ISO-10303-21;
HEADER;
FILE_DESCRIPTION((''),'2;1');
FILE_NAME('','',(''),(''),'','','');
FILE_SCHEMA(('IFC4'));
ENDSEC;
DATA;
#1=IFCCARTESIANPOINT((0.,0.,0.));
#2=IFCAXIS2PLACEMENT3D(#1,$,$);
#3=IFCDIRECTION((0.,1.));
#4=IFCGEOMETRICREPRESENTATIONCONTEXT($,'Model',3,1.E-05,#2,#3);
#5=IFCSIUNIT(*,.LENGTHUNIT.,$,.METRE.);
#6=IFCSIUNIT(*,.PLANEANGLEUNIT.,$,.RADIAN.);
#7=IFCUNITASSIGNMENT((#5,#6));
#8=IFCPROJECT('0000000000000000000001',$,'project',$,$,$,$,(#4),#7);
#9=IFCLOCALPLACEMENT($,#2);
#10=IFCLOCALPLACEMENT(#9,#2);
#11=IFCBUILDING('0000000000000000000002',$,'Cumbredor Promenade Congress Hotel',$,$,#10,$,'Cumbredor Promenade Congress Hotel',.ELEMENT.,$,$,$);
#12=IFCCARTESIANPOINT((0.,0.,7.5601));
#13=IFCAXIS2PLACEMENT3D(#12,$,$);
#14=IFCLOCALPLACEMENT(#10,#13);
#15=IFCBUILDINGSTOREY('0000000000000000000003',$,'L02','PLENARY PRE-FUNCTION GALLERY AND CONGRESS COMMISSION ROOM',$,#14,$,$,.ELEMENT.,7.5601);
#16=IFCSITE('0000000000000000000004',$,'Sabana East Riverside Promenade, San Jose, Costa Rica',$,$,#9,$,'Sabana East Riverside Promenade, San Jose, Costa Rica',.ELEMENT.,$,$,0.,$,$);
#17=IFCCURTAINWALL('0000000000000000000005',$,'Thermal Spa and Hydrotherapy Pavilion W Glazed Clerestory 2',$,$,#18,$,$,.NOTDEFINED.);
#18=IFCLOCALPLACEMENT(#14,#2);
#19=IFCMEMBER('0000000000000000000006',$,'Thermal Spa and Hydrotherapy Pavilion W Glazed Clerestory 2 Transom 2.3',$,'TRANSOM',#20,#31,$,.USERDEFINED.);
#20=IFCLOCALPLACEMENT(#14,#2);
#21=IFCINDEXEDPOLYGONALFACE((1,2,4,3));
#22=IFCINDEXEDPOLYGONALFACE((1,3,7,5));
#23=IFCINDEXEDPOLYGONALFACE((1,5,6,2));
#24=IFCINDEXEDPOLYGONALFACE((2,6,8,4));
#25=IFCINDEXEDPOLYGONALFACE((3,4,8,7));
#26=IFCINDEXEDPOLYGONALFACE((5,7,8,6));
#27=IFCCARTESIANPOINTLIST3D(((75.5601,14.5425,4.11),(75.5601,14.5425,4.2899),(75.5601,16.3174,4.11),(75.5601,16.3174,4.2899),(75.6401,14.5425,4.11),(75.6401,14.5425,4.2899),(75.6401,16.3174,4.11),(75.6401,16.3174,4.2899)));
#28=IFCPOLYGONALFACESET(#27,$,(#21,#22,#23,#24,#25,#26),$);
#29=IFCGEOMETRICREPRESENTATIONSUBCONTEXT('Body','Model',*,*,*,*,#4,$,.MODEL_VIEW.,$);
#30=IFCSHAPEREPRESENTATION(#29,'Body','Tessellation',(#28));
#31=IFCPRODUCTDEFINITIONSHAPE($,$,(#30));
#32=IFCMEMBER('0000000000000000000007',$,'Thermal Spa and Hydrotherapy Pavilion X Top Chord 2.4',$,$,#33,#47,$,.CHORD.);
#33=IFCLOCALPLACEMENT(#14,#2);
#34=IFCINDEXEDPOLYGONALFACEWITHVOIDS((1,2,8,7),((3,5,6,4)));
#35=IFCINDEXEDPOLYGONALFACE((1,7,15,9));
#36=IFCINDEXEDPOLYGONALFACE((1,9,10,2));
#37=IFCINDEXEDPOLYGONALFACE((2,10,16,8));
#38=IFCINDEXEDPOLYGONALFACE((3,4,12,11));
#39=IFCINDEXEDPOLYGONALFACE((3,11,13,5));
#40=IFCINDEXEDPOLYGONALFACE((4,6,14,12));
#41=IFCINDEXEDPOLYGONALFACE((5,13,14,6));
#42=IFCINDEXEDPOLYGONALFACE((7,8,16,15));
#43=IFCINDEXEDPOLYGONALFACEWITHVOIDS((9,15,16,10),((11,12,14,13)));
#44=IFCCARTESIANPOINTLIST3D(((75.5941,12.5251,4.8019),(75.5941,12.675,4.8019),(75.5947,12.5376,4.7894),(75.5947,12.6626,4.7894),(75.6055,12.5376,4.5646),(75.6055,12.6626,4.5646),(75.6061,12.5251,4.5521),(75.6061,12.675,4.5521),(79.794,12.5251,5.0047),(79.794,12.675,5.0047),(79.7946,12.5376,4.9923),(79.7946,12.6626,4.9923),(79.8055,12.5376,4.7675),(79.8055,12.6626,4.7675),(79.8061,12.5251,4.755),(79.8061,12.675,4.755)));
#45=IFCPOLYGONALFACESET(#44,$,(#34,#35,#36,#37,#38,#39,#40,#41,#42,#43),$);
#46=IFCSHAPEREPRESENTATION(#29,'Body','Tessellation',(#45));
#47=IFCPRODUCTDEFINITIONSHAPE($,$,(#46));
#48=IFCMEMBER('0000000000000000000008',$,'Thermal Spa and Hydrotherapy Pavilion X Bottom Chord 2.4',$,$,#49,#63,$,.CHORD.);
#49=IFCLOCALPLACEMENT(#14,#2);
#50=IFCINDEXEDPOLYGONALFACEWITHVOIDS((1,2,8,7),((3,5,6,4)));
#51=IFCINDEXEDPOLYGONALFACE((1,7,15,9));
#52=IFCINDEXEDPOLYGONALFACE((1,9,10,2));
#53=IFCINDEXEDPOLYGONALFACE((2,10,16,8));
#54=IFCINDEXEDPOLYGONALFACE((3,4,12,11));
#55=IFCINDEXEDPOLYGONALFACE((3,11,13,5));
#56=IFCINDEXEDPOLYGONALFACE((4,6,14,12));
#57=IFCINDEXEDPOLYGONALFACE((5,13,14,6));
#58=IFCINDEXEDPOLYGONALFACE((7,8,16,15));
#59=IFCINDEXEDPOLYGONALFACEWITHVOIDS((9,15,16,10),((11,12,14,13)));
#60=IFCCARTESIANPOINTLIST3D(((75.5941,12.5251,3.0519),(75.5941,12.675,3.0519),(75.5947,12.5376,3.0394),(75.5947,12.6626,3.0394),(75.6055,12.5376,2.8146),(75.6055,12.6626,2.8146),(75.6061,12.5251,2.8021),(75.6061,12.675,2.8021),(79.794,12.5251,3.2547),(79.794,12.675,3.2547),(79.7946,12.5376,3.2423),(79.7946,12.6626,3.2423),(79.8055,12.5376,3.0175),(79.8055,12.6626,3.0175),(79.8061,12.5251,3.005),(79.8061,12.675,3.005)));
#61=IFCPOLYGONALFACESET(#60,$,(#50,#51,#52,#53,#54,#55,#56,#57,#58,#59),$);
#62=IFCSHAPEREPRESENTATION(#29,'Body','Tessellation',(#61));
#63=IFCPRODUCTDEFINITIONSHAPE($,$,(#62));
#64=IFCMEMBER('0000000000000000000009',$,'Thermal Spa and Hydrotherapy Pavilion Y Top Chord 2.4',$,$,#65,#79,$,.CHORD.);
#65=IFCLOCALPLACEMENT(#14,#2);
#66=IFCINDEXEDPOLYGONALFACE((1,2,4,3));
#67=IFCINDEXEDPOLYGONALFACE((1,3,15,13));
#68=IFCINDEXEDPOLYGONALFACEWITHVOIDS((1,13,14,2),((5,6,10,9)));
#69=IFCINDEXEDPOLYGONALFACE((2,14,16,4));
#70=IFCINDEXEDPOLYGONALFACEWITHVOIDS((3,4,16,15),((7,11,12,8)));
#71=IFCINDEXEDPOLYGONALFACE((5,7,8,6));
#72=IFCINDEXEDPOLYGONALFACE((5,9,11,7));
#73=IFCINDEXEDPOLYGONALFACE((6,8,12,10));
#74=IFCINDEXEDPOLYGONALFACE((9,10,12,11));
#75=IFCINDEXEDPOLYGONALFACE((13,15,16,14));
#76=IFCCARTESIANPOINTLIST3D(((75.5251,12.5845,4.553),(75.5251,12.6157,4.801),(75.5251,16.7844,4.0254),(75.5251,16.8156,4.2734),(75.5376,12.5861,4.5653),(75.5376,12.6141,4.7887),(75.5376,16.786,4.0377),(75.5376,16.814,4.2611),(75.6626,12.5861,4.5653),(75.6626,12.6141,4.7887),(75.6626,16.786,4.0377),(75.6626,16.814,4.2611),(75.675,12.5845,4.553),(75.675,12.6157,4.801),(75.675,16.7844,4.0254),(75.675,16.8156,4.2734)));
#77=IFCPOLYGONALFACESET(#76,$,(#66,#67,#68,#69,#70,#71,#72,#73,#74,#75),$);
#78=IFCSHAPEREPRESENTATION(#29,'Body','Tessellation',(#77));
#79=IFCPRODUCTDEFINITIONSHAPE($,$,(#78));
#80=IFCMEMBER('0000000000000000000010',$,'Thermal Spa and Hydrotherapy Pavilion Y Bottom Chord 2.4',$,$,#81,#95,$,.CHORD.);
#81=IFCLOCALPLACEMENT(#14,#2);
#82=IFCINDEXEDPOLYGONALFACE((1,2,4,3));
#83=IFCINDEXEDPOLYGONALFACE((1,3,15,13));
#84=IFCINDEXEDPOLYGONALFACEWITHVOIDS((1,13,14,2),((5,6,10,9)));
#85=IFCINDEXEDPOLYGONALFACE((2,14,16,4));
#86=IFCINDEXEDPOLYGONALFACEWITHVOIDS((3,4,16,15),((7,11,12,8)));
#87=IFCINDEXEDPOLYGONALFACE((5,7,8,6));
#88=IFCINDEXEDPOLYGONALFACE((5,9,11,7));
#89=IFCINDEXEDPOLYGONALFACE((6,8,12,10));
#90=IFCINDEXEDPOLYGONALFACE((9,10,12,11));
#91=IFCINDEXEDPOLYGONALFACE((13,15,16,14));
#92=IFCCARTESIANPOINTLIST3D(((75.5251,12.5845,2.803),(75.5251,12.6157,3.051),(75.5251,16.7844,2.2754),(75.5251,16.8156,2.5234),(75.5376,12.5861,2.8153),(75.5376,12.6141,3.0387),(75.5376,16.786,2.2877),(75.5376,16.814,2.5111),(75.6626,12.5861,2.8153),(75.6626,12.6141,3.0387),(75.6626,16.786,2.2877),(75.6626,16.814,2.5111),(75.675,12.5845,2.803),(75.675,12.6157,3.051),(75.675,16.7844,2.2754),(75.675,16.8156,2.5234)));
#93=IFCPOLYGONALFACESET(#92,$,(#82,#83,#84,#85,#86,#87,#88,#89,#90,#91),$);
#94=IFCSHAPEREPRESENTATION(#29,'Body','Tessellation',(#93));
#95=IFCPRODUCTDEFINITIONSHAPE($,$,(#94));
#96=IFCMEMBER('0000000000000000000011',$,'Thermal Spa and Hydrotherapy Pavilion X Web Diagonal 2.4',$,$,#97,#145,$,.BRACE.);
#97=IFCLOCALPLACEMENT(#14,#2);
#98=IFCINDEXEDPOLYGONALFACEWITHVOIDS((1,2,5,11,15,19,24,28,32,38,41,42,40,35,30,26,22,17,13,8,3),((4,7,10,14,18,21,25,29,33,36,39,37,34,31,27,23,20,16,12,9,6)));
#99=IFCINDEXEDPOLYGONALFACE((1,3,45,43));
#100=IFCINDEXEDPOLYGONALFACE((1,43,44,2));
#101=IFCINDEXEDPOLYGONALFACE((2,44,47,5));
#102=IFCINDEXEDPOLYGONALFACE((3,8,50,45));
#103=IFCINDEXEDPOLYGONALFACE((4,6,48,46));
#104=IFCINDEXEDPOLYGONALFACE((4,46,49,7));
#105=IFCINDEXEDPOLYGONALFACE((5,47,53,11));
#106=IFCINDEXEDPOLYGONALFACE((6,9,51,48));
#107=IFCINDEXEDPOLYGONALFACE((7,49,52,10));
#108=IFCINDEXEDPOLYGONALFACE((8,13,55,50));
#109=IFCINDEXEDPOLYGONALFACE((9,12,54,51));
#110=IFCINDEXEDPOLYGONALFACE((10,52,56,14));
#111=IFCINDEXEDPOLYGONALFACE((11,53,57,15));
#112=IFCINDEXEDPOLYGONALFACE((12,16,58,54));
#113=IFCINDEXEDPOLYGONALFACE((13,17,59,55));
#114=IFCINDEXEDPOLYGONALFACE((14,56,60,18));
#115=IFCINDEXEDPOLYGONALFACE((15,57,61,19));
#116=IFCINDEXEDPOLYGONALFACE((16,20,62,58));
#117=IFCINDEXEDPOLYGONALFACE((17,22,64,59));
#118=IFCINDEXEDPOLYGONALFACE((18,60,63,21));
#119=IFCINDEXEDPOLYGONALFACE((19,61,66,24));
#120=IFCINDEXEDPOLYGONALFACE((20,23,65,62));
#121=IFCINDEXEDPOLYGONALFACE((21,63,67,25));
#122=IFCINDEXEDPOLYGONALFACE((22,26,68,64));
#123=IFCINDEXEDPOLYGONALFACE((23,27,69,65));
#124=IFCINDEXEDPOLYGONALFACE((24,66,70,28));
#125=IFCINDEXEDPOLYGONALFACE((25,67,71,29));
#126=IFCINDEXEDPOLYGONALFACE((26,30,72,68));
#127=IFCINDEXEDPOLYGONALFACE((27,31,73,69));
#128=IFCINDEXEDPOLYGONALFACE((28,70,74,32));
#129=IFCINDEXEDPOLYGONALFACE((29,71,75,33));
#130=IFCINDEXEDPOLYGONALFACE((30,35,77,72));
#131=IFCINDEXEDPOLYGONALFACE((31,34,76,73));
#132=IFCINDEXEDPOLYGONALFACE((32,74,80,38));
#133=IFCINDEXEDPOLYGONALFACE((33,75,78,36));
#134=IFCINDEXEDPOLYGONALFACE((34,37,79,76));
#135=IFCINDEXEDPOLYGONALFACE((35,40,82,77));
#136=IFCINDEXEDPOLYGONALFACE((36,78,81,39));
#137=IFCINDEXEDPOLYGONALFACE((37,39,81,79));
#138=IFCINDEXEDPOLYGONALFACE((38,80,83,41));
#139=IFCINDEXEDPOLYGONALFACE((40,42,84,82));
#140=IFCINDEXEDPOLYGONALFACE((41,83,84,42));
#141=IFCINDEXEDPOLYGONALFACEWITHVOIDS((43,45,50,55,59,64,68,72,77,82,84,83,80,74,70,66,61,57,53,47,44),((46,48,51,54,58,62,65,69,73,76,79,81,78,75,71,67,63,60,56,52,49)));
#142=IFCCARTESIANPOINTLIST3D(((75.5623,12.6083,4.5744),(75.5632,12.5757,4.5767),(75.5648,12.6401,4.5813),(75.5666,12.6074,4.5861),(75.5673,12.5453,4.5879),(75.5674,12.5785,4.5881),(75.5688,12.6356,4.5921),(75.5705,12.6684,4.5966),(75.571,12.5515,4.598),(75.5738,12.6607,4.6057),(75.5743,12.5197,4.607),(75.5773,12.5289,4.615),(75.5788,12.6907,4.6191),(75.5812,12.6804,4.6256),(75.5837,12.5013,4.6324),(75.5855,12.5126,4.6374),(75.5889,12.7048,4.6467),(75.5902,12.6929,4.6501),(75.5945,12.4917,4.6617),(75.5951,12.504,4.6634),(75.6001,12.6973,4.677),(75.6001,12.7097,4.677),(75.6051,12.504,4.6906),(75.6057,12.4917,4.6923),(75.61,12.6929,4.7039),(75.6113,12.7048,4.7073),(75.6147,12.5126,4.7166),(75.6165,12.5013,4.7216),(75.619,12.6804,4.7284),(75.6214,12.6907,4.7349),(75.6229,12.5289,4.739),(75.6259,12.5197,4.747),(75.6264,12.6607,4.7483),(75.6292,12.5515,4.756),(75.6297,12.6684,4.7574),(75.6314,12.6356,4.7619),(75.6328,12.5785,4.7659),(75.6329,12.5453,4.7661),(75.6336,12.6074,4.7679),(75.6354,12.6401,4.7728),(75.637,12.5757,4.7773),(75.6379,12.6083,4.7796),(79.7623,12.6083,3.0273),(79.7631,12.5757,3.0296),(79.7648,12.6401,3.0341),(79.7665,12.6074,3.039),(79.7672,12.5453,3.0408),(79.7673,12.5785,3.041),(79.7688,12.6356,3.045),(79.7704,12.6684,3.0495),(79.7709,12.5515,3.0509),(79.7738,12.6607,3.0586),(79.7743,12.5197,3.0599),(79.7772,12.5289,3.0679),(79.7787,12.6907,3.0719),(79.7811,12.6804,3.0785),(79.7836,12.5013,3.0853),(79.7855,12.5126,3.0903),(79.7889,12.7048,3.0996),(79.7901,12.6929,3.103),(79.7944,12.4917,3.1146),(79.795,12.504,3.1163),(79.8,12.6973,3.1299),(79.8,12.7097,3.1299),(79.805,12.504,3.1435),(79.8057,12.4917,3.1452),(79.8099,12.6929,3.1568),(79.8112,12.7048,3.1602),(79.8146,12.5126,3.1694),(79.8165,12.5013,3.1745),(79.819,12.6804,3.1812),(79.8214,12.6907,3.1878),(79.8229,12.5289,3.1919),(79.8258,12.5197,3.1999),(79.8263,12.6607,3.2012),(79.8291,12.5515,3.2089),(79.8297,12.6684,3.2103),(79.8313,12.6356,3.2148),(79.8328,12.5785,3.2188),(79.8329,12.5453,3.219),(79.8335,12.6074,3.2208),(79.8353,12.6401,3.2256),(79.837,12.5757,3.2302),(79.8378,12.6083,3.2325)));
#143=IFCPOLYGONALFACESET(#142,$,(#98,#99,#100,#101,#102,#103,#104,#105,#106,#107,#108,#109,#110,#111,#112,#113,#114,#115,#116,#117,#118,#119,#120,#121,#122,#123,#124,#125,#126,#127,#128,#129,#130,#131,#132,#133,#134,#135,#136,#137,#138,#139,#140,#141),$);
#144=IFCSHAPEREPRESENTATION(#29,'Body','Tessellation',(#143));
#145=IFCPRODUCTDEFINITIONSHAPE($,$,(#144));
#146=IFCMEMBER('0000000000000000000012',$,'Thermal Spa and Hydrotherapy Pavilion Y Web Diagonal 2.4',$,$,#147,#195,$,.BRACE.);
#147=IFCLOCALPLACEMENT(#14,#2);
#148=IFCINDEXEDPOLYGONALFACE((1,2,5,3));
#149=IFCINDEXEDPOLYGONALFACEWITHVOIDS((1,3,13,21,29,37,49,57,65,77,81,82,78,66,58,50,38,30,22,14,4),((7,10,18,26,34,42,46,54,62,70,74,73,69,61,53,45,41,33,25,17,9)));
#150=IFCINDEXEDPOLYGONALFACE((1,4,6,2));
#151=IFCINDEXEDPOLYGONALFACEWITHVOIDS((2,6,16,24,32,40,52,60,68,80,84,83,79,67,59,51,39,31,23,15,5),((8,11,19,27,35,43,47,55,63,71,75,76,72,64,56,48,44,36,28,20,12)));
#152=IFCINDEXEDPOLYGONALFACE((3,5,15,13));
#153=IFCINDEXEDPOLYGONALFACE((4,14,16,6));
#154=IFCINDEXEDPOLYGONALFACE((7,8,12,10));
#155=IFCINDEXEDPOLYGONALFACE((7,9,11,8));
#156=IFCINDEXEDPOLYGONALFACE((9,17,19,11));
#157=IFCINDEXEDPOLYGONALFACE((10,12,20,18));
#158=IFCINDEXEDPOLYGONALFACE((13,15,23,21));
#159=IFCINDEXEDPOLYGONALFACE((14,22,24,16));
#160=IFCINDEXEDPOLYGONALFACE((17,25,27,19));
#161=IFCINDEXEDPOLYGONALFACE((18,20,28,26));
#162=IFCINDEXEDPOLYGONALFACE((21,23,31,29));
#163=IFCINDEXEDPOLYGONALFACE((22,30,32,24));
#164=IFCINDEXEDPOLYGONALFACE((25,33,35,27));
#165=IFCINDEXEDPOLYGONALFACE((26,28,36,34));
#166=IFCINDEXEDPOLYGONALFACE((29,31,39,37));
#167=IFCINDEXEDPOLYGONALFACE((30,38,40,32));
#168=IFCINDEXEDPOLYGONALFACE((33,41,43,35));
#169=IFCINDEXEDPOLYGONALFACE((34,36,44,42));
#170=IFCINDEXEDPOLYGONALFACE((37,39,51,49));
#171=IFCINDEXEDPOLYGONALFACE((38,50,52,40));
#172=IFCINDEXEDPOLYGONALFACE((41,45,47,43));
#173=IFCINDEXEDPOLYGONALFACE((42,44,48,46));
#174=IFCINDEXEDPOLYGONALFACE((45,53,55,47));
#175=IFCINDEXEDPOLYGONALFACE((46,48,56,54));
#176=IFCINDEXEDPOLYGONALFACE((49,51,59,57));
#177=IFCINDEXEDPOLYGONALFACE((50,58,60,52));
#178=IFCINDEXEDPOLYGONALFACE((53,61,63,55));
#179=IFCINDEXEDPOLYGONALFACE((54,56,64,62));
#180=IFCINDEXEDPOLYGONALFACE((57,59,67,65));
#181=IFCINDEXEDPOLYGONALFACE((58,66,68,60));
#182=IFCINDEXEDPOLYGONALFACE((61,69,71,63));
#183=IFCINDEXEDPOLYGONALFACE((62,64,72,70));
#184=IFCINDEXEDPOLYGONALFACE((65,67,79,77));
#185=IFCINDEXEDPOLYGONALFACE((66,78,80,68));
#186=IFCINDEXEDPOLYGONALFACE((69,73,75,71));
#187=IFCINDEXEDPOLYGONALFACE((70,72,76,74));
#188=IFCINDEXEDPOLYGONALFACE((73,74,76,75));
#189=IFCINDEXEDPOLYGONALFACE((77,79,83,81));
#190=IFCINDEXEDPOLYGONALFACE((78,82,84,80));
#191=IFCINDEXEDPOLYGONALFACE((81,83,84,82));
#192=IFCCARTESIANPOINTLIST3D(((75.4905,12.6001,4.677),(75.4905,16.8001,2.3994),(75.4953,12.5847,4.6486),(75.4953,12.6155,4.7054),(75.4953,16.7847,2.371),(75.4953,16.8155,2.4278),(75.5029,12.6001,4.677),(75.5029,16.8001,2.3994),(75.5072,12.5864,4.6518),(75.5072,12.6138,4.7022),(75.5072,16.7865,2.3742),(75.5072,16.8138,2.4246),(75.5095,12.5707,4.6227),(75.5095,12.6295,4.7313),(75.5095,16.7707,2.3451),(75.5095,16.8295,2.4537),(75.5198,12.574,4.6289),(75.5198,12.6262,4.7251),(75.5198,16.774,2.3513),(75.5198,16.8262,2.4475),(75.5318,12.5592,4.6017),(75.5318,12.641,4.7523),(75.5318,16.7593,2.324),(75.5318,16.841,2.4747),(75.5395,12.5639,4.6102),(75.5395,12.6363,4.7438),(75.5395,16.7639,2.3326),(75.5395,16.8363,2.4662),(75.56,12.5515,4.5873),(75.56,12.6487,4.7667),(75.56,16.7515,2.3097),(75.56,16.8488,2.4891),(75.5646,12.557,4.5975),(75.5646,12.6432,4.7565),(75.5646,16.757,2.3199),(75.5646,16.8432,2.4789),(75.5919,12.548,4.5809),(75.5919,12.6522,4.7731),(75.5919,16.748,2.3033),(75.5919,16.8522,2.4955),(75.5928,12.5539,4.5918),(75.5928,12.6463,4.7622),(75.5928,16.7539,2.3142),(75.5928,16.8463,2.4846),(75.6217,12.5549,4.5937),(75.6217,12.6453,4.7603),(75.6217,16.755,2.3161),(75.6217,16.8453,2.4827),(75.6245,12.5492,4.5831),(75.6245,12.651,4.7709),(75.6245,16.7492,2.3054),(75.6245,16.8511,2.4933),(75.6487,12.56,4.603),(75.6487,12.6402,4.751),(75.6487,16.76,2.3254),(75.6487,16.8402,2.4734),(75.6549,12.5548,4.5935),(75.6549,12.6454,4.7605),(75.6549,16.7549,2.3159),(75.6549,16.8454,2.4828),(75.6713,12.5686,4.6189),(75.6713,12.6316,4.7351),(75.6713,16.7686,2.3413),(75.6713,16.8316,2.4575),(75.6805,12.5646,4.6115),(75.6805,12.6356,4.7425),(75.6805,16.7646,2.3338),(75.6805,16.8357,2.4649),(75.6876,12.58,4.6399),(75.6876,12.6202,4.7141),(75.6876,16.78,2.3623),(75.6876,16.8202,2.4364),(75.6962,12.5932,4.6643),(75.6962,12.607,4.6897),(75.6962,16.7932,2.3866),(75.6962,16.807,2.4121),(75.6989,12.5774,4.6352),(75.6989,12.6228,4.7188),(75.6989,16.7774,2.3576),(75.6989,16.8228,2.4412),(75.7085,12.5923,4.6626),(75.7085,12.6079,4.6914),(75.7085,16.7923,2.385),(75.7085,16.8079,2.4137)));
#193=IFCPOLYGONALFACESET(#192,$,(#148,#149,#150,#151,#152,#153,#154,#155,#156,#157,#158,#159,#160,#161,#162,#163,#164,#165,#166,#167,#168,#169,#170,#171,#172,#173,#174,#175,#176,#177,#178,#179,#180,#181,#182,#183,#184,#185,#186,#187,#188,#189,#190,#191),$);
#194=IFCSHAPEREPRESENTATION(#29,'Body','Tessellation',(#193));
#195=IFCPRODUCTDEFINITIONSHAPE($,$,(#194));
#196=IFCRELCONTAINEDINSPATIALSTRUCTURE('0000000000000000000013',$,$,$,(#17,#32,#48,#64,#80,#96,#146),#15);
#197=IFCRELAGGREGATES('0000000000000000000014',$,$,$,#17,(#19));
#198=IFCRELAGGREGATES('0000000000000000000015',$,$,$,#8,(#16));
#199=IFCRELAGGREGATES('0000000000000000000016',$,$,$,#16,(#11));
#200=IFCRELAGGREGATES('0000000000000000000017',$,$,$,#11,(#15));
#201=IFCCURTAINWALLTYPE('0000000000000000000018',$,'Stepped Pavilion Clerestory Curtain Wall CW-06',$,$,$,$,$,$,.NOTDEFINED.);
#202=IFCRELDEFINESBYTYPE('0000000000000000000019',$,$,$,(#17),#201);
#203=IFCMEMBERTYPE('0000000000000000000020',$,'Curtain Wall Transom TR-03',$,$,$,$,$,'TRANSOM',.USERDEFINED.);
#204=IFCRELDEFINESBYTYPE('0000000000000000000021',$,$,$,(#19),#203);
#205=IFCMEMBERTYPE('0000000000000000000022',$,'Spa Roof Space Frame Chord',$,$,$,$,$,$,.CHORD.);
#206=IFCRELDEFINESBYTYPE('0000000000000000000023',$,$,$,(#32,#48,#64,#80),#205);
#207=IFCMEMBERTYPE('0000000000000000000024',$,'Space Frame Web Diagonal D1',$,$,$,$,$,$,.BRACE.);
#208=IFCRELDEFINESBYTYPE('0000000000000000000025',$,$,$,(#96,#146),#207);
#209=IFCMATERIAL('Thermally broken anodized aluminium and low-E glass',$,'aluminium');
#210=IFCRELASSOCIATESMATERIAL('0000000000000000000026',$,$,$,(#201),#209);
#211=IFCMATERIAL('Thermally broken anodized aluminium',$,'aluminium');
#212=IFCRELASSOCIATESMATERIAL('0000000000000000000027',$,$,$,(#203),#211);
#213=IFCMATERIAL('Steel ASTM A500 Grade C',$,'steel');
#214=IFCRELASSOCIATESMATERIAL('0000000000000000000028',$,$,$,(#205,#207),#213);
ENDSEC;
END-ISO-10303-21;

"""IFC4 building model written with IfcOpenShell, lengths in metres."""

from ifc_helpers import new_model, si_unit, direction, frame, origin, origin_2d, place, context, subcontext, project, spatial, rectangle, hollow_rectangle, hollow_circle, extrude, material, material_profile, profile_set, type_object, element, aggregate, save


model = new_model("IFC4")

# Units and contexts
model_context = context("Model", 3, precision=1e-05, world=origin(), true_north=direction((0.0, 1.0)))
body_context = subcontext(model_context, "Body", "Model", "MODEL_VIEW")
ifc_project = project(units=[si_unit("LENGTHUNIT", "METRE"), si_unit("PLANEANGLEUNIT", "RADIAN")], contexts=[model_context])

# Site, building, storey
site_placement = place(None, origin())
site = spatial("IfcSite", under=ifc_project, at=site_placement, Name="Sabana East Riverside Promenade, San Jose, Costa Rica", LongName="Sabana East Riverside Promenade, San Jose, Costa Rica", CompositionType="ELEMENT", RefElevation=0.0)
building_placement = place(site_placement, origin())
building = spatial("IfcBuilding", under=site, at=building_placement, Name="Cumbredor Promenade Congress Hotel", LongName="Cumbredor Promenade Congress Hotel", CompositionType="ELEMENT")
storey_placement = place(building_placement, frame((0.0, 0.0, 7.5601)))
storey = spatial("IfcBuildingStorey", under=building, at=storey_placement, Name="L02", Description="PLENARY PRE-FUNCTION GALLERY AND CONGRESS COMMISSION ROOM", CompositionType="ELEMENT", Elevation=7.5601)

# Curtain wall
ifc_material_1 = material(Name="Thermally broken anodized aluminium and low-E glass", Category="aluminium")
curtain_wall_type = type_object("IfcCurtainWallType", Name="Stepped Pavilion Clerestory Curtain Wall CW-06", PredefinedType="NOTDEFINED", material=ifc_material_1)
ifc_material_2 = material(Name="Thermally broken anodized aluminium", Category="aluminium")
curtain_wall_1_placement = place(storey_placement, origin())
curtain_wall_1 = element("IfcCurtainWall", 1, at=curtain_wall_1_placement, inside=storey, type_object=curtain_wall_type, Name="Thermal Spa and Hydrotherapy Pavilion W Glazed Clerestory 2", PredefinedType="NOTDEFINED")

# Member
ifc_material_profile_1 = material_profile(ifc_material_2, rectangle(XDim=0.0801, YDim=0.1799, at=origin_2d()), Name="ALU TRANSOM 80x180")
ifc_profile_set_1 = profile_set([ifc_material_profile_1], Name="Thermally broken anodized aluminium")
member_type_1 = type_object("IfcMemberType", Name="Curtain Wall Transom TR-03", ElementType="TRANSOM", PredefinedType="USERDEFINED", material=ifc_profile_set_1)
member_1_placement = place(storey_placement, frame((75.6001, 14.5425, 4.2), z_axis=(0.0, 1.0, 0.0), x_axis=(-1.0, 0.0, 0.0)))
member_1 = element("IfcMember", 2, at=member_1_placement, type_object=member_type_1, Name="Thermal Spa and Hydrotherapy Pavilion W Glazed Clerestory 2 Transom 2.3", ObjectType="TRANSOM", PredefinedType="USERDEFINED", context=body_context, shape_type="SweptSolid", body=[
    extrude(rectangle(XDim=0.0801, YDim=0.1799, at=origin_2d()), origin(), (0.0, 0.0, 1.0), 1.7749),
])

# Members
ifc_material_3 = material(Name="Steel ASTM A500 Grade C", Category="steel")
ifc_material_profile_2 = material_profile(ifc_material_3, hollow_rectangle(XDim=0.1499, YDim=0.25, WallThickness=0.0125, at=origin_2d()), Name="HSS 250x150x12.5")
ifc_profile_set_2 = profile_set([ifc_material_profile_2], Name="Steel ASTM A500 Grade C")
member_type_2 = type_object("IfcMemberType", Name="Spa Roof Space Frame Chord", PredefinedType="CHORD", material=ifc_profile_set_2)
for number, where, z_axis, x_axis, name in (
    (3, (75.6001, 12.6001, 4.677), (0.998835, 0.0, 0.048249), (0.0, 1.0, 0.0), "Thermal Spa and Hydrotherapy Pavilion X Top Chord 2.4"),
    (4, (75.6001, 12.6001, 2.927), (0.998835, 0.0, 0.048249), (0.0, 1.0, 0.0), "Thermal Spa and Hydrotherapy Pavilion X Bottom Chord 2.4"),
):
    element("IfcMember", number, at=place(storey_placement, frame(where, z_axis=z_axis, x_axis=x_axis)), inside=storey, type_object=member_type_2, Name=name, PredefinedType="CHORD", context=body_context, shape_type="SweptSolid", body=[
        extrude(hollow_rectangle(XDim=0.1499, YDim=0.25, WallThickness=0.0125, at=origin_2d()), origin(), (0.0, 0.0, 1.0), 4.2048),
    ])
for number, where, z_axis, x_axis, name in (
    (5, (75.6001, 12.6001, 4.677), (0.0, 0.992202, -0.124638), (-1.0, 0.0, 0.0), "Thermal Spa and Hydrotherapy Pavilion Y Top Chord 2.4"),
    (6, (75.6001, 12.6001, 2.927), (0.0, 0.992202, -0.124638), (-1.0, 0.0, 0.0), "Thermal Spa and Hydrotherapy Pavilion Y Bottom Chord 2.4"),
):
    element("IfcMember", number, at=place(storey_placement, frame(where, z_axis=z_axis, x_axis=x_axis)), inside=storey, type_object=member_type_2, Name=name, PredefinedType="CHORD", context=body_context, shape_type="SweptSolid", body=[
        extrude(hollow_rectangle(XDim=0.1499, YDim=0.25, WallThickness=0.0125, at=origin_2d()), origin(), (0.0, 0.0, 1.0), 4.2329),
    ])
ifc_material_profile_3 = material_profile(ifc_material_3, hollow_circle(Radius=0.1096, WallThickness=0.0125, at=origin_2d()), Name="CHS 219.1x12.5")
ifc_profile_set_3 = profile_set([ifc_material_profile_3], Name="Steel ASTM A500 Grade C")
member_type_3 = type_object("IfcMemberType", Name="Space Frame Web Diagonal D1", PredefinedType="BRACE", material=ifc_profile_set_3)
member_2_placement = place(storey_placement, frame((75.6001, 12.6001, 4.677), z_axis=(0.93836, 0.0, -0.34566), x_axis=(0.0, 1.0, 0.0)))
element("IfcMember", 7, at=member_2_placement, inside=storey, type_object=member_type_3, Name="Thermal Spa and Hydrotherapy Pavilion X Web Diagonal 2.4", PredefinedType="BRACE", context=body_context, shape_type="SweptSolid", body=[
    extrude(hollow_circle(Radius=0.1096, WallThickness=0.0125, at=origin_2d()), origin(), (0.0, 0.0, 1.0), 4.4758),
])
member_3_placement = place(storey_placement, frame((75.6001, 12.6001, 4.677), z_axis=(0.0, 0.879063, -0.476706), x_axis=(-1.0, 0.0, 0.0)))
element("IfcMember", 8, at=member_3_placement, inside=storey, type_object=member_type_3, Name="Thermal Spa and Hydrotherapy Pavilion Y Web Diagonal 2.4", PredefinedType="BRACE", context=body_context, shape_type="SweptSolid", body=[
    extrude(hollow_circle(Radius=0.1096, WallThickness=0.0125, at=origin_2d()), origin(), (0.0, 0.0, 1.0), 4.7778),
])

aggregate(curtain_wall_1, [member_1])

save(model, "model.ifc")
